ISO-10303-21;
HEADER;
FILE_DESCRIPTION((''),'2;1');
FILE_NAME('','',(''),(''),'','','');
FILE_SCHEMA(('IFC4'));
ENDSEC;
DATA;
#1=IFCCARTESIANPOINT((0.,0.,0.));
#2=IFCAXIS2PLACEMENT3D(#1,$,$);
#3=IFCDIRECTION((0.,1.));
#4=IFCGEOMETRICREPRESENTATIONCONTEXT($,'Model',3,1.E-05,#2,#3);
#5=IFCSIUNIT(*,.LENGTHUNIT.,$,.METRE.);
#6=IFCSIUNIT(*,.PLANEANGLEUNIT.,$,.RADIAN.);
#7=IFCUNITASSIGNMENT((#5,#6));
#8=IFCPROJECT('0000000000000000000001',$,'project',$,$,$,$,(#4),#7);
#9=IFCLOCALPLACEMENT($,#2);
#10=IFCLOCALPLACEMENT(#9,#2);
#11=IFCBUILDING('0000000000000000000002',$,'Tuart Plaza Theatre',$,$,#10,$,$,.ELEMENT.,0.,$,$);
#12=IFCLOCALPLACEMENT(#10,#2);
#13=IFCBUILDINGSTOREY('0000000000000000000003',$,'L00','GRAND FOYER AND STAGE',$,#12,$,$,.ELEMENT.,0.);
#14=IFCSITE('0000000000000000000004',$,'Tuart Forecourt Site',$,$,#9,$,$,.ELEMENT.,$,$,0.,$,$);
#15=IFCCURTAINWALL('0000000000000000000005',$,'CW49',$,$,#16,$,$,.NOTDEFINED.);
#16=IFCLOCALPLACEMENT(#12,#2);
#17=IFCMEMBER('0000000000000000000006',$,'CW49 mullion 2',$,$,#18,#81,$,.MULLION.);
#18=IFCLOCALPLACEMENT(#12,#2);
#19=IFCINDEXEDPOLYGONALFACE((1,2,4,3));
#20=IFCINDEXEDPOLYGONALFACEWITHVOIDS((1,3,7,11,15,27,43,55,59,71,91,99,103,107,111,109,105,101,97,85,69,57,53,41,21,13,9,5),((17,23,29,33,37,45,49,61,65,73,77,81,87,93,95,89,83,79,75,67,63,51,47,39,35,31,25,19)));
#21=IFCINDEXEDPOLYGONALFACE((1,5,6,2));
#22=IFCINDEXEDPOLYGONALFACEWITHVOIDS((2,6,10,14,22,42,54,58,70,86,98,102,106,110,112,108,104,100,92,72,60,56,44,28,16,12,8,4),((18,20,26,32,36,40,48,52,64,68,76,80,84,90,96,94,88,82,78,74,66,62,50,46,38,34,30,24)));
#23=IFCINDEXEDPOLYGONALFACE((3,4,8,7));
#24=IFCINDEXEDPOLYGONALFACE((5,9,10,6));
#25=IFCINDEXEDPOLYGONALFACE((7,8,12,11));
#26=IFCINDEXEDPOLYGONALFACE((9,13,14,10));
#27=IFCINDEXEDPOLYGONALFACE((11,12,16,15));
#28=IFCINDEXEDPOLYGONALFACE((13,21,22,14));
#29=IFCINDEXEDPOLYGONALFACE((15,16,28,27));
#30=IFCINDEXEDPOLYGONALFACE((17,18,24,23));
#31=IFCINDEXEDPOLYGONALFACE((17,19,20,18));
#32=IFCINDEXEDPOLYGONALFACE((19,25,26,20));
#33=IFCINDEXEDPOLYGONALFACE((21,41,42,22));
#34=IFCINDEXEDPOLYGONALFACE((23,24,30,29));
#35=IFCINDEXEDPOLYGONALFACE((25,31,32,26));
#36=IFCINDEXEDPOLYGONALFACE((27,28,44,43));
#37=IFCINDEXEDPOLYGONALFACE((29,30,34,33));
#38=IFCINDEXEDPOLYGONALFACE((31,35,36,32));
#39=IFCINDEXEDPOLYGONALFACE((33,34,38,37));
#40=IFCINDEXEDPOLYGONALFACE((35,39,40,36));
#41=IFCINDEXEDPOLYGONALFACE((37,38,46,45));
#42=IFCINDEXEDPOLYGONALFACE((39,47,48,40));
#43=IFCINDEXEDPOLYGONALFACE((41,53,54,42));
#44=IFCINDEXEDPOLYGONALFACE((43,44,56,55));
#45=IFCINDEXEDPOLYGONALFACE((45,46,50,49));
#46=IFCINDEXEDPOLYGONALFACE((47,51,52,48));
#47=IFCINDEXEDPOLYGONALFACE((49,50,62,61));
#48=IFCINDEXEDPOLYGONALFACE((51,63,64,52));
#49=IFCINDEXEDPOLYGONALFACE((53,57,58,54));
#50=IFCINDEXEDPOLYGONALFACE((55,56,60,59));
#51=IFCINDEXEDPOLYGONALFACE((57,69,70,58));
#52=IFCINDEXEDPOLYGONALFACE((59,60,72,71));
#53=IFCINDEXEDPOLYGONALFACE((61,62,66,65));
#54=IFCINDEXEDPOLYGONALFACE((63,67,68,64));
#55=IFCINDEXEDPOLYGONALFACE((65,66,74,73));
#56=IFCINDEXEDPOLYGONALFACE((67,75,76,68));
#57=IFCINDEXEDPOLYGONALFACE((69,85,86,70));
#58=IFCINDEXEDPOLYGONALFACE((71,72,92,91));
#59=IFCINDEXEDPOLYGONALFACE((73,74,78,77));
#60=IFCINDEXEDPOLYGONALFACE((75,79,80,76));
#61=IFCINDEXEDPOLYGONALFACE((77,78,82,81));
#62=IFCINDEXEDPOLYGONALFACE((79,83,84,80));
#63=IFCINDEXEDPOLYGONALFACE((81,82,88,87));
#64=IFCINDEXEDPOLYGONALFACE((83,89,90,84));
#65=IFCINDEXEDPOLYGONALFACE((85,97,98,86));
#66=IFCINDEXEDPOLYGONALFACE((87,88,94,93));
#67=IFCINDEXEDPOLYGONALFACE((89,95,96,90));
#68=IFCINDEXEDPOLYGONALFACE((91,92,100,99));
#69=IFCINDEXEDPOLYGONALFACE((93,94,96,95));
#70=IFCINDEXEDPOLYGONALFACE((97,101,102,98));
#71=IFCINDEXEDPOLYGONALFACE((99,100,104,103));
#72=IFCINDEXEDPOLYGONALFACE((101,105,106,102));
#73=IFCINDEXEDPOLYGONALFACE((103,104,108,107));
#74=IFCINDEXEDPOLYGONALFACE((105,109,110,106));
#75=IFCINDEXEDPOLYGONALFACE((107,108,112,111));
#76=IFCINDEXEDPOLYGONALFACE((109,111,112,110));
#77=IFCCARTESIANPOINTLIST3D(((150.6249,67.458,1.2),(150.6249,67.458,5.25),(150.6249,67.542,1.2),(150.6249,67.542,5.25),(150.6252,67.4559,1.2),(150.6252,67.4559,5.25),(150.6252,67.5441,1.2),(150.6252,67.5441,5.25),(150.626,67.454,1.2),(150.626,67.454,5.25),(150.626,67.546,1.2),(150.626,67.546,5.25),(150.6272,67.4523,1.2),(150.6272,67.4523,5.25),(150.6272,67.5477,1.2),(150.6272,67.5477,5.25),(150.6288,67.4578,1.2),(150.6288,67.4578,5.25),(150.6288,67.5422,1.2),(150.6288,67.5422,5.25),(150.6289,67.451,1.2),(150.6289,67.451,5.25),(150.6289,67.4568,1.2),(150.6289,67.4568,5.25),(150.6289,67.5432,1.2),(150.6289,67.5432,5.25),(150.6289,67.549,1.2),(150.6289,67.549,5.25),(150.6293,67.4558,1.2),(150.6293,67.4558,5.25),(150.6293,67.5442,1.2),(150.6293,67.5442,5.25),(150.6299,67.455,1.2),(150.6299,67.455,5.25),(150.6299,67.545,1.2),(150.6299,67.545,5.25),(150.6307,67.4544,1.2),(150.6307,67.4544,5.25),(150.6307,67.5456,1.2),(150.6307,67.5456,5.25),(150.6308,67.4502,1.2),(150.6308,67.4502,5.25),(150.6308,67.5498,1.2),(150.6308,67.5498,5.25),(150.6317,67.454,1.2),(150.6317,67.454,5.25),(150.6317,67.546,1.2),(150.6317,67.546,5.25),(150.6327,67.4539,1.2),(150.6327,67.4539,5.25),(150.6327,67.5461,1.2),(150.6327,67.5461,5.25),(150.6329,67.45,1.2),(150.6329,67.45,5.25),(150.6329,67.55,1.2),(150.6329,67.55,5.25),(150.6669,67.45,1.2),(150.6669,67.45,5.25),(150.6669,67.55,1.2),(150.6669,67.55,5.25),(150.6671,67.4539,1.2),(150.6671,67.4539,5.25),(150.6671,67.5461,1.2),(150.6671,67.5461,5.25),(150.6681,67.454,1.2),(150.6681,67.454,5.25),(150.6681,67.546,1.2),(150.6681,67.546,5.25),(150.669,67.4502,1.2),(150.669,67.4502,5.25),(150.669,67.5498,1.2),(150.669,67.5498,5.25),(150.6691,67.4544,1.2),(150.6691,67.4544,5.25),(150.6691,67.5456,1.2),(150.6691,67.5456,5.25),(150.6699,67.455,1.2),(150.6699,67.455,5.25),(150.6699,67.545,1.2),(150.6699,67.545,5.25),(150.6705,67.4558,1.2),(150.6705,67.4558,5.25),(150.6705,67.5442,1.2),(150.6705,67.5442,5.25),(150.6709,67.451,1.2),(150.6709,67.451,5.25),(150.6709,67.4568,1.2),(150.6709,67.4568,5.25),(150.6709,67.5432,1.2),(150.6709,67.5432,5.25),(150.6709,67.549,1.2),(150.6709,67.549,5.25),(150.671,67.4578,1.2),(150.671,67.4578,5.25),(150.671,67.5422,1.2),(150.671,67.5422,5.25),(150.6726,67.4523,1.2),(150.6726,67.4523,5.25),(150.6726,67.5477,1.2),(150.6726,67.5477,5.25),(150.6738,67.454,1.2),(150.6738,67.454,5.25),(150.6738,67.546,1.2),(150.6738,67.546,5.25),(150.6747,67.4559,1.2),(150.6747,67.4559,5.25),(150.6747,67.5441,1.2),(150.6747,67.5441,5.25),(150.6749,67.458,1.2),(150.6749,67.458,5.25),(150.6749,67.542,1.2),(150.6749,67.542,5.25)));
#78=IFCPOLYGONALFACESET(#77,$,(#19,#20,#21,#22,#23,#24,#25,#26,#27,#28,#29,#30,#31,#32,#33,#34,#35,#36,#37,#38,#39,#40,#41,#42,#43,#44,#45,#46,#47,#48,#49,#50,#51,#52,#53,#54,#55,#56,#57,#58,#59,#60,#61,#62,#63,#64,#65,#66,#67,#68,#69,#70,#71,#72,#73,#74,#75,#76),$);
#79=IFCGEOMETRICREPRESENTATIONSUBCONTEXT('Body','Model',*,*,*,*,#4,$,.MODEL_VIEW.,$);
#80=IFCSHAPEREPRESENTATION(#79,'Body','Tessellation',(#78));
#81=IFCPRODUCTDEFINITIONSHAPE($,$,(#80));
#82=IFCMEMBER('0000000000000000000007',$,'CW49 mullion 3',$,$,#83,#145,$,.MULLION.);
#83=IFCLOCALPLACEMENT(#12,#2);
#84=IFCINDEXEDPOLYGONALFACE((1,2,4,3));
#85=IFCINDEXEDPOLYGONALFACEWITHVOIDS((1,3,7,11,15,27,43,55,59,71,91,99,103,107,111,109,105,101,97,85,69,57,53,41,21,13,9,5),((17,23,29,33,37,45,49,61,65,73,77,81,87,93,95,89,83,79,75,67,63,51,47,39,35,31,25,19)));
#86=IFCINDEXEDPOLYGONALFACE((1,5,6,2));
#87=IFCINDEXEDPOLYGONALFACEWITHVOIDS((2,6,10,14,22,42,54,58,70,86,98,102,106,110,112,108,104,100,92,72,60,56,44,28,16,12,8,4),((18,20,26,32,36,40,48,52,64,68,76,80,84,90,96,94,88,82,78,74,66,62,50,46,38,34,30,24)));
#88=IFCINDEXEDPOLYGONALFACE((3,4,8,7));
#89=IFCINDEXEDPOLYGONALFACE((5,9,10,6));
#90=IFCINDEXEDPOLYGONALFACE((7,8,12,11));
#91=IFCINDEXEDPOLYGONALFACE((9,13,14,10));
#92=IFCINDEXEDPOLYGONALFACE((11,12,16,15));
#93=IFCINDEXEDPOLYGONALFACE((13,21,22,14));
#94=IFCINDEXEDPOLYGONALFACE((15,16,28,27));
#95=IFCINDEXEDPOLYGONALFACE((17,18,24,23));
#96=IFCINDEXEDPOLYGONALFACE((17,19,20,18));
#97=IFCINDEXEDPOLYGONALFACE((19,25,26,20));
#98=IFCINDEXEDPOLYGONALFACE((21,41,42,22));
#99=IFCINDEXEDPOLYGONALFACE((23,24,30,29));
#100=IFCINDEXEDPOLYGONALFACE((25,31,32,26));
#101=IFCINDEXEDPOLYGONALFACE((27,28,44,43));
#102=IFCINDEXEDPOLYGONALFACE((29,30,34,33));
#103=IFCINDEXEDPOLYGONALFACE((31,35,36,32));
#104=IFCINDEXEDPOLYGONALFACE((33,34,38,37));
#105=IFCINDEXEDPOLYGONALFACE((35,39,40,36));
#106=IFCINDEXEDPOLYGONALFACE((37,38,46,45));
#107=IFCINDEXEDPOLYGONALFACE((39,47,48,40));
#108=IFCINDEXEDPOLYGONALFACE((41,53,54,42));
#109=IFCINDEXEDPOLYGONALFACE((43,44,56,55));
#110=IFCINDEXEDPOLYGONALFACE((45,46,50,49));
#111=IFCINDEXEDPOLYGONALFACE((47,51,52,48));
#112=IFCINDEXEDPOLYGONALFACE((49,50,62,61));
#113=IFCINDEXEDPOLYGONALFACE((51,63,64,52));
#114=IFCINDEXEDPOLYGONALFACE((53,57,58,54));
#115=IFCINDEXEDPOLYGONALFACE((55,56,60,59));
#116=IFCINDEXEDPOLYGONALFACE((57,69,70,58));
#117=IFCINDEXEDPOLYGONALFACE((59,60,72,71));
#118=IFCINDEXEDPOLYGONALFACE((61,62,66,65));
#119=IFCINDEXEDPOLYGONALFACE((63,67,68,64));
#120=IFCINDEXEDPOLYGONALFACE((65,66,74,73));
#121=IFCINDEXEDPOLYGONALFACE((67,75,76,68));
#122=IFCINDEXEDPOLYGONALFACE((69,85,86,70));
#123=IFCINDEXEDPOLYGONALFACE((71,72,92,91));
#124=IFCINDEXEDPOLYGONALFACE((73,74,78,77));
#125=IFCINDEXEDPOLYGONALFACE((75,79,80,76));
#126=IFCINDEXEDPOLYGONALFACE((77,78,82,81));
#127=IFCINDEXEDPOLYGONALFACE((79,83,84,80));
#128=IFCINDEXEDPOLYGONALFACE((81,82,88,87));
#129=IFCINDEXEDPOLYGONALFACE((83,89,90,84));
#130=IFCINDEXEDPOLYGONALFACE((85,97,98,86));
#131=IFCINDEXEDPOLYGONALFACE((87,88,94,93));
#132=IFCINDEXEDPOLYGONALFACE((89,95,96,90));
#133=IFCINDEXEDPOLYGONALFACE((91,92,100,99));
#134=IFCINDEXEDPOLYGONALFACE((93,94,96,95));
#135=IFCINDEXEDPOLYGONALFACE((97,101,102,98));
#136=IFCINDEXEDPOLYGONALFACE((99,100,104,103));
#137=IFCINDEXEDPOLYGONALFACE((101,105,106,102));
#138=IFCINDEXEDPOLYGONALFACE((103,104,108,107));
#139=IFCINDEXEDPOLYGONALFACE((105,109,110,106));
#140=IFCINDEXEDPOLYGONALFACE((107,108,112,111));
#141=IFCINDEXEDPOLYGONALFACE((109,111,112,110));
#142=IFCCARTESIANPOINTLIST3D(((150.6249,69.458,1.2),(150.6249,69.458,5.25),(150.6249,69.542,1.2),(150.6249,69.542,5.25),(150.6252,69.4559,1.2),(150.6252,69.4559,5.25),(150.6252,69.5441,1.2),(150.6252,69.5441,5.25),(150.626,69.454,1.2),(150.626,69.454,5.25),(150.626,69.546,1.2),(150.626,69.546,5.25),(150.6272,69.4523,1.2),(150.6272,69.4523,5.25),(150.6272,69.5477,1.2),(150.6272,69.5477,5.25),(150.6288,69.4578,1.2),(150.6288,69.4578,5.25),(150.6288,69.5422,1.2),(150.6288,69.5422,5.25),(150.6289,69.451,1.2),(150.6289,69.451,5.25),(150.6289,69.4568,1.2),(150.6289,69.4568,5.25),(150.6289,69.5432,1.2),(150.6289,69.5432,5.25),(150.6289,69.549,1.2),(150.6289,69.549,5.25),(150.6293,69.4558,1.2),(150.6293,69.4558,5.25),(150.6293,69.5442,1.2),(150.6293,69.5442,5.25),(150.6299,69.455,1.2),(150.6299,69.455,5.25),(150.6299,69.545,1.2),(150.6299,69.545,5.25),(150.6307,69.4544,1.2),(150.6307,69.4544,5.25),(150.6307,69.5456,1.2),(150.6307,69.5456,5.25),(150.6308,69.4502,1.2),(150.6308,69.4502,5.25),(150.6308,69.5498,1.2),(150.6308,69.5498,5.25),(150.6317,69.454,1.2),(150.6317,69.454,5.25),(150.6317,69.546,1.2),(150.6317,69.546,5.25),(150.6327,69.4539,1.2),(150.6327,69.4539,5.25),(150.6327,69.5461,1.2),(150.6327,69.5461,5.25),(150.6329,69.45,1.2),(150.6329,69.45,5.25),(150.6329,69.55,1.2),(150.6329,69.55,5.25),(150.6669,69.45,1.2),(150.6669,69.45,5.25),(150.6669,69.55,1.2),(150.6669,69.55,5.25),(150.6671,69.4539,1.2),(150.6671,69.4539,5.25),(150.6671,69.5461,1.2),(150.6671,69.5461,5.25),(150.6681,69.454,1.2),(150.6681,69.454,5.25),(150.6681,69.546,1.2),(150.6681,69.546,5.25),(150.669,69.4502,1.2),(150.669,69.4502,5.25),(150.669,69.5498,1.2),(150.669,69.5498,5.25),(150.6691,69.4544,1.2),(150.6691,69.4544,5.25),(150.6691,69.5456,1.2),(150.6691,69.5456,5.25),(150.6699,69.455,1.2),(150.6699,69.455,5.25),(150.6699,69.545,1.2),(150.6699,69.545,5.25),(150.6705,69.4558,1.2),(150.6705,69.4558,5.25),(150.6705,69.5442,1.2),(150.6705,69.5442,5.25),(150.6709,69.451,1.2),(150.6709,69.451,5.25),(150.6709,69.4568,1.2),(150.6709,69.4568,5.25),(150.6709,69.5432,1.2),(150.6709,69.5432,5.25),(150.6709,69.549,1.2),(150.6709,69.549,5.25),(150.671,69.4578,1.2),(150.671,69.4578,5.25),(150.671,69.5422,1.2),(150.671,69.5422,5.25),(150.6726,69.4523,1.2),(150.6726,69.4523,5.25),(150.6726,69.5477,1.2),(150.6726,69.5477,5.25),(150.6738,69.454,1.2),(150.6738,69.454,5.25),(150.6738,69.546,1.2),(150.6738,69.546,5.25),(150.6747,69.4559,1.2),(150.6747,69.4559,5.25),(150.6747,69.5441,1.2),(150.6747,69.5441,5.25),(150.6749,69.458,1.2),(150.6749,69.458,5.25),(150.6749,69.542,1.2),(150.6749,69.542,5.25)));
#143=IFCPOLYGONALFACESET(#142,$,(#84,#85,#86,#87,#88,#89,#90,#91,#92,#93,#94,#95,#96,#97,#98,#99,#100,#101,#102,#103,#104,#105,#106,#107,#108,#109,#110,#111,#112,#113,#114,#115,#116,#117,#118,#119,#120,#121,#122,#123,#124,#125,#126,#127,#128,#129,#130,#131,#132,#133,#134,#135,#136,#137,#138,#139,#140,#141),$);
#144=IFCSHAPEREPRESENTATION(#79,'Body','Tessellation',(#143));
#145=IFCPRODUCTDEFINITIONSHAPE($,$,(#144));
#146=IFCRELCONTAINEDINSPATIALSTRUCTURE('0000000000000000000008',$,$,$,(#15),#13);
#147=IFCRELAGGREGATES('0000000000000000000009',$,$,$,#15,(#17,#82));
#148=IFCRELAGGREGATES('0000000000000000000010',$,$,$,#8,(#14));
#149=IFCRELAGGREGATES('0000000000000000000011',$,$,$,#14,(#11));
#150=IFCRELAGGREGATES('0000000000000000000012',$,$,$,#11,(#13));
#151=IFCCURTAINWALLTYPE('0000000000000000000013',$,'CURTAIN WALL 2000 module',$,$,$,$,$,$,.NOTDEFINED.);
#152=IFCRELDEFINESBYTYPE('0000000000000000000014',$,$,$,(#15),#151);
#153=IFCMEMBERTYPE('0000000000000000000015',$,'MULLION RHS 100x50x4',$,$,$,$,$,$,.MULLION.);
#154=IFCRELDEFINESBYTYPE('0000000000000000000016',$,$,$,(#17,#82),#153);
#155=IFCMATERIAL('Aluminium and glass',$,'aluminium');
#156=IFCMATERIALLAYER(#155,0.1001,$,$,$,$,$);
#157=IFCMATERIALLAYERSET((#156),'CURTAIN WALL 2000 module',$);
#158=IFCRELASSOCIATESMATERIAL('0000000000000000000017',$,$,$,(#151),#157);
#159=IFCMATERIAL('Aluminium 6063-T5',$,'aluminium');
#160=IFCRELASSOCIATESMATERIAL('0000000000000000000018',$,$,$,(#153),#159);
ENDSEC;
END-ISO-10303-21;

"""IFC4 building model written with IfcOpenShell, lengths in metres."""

from ifc_helpers import new_model, si_unit, direction, frame, origin, origin_2d, place, context, subcontext, project, spatial, hollow_rectangle, extrude, material, layer, layer_set, material_profile, profile_set, type_object, element, aggregate, save


model = new_model("IFC4")

# Units and contexts
model_context = context("Model", 3, precision=1e-05, world=origin(), true_north=direction((0.0, 1.0)))
body_context = subcontext(model_context, "Body", "Model", "MODEL_VIEW")
ifc_project = project(units=[si_unit("LENGTHUNIT", "METRE"), si_unit("PLANEANGLEUNIT", "RADIAN")], contexts=[model_context])

# Site, building, storey
site_placement = place(None, origin())
site = spatial("IfcSite", under=ifc_project, at=site_placement, Name="Tuart Forecourt Site", CompositionType="ELEMENT", RefElevation=0.0)
building_placement = place(site_placement, origin())
building = spatial("IfcBuilding", under=site, at=building_placement, Name="Tuart Plaza Theatre", CompositionType="ELEMENT", ElevationOfRefHeight=0.0)
storey_placement = place(building_placement, origin())
storey = spatial("IfcBuildingStorey", under=building, at=storey_placement, Name="L00", Description="GRAND FOYER AND STAGE", CompositionType="ELEMENT", Elevation=0.0)

# Curtain wall, members
ifc_material_1 = material(Name="Aluminium and glass", Category="aluminium")
ifc_layer_1 = layer(ifc_material_1, 0.1001)
ifc_layer_set_1 = layer_set([ifc_layer_1], Name="CURTAIN WALL 2000 module")
curtain_wall_type = type_object("IfcCurtainWallType", Name="CURTAIN WALL 2000 module", PredefinedType="NOTDEFINED", material=ifc_layer_set_1)
curtain_wall_placement = place(storey_placement, origin())
curtain_wall = element("IfcCurtainWall", 1, at=curtain_wall_placement, inside=storey, type_object=curtain_wall_type, Name="CW49", PredefinedType="NOTDEFINED")
ifc_material_2 = material(Name="Aluminium 6063-T5", Category="aluminium")
ifc_material_profile_1 = material_profile(ifc_material_2, hollow_rectangle(XDim=0.05, YDim=0.1001, WallThickness=0.0039, InnerFilletRadius=0.0039, OuterFilletRadius=0.0081, at=origin_2d()), Name="RHS 100x50x4")
ifc_profile_set_1 = profile_set([ifc_material_profile_1], Name="Aluminium 6063-T5")
member_type_1 = type_object("IfcMemberType", Name="MULLION RHS 100x50x4", PredefinedType="MULLION", material=ifc_profile_set_1)
member_1_placement = place(storey_placement, frame((150.6499, 67.5, 1.2), z_axis=(0.0, 0.0, 1.0), x_axis=(-1.0, 0.0, 0.0)))
member_1 = element("IfcMember", 2, at=member_1_placement, type_object=member_type_1, Name="CW49 mullion 2", PredefinedType="MULLION", context=body_context, shape_type="SweptSolid", body=[
    extrude(hollow_rectangle(XDim=0.05, YDim=0.1001, WallThickness=0.0039, InnerFilletRadius=0.0039, OuterFilletRadius=0.0081, at=origin_2d()), origin(), (0.0, 0.0, 1.0), 4.05),
])
member_2_placement = place(storey_placement, frame((150.6499, 69.5, 1.2), z_axis=(0.0, 0.0, 1.0), x_axis=(-1.0, 0.0, 0.0)))
member_2 = element("IfcMember", 3, at=member_2_placement, type_object=member_type_1, Name="CW49 mullion 3", PredefinedType="MULLION", context=body_context, shape_type="SweptSolid", body=[
    extrude(hollow_rectangle(XDim=0.05, YDim=0.1001, WallThickness=0.0039, InnerFilletRadius=0.0039, OuterFilletRadius=0.0081, at=origin_2d()), origin(), (0.0, 0.0, 1.0), 4.05),
])
aggregate(curtain_wall, [member_1, member_2])

save(model, "model.ifc")
